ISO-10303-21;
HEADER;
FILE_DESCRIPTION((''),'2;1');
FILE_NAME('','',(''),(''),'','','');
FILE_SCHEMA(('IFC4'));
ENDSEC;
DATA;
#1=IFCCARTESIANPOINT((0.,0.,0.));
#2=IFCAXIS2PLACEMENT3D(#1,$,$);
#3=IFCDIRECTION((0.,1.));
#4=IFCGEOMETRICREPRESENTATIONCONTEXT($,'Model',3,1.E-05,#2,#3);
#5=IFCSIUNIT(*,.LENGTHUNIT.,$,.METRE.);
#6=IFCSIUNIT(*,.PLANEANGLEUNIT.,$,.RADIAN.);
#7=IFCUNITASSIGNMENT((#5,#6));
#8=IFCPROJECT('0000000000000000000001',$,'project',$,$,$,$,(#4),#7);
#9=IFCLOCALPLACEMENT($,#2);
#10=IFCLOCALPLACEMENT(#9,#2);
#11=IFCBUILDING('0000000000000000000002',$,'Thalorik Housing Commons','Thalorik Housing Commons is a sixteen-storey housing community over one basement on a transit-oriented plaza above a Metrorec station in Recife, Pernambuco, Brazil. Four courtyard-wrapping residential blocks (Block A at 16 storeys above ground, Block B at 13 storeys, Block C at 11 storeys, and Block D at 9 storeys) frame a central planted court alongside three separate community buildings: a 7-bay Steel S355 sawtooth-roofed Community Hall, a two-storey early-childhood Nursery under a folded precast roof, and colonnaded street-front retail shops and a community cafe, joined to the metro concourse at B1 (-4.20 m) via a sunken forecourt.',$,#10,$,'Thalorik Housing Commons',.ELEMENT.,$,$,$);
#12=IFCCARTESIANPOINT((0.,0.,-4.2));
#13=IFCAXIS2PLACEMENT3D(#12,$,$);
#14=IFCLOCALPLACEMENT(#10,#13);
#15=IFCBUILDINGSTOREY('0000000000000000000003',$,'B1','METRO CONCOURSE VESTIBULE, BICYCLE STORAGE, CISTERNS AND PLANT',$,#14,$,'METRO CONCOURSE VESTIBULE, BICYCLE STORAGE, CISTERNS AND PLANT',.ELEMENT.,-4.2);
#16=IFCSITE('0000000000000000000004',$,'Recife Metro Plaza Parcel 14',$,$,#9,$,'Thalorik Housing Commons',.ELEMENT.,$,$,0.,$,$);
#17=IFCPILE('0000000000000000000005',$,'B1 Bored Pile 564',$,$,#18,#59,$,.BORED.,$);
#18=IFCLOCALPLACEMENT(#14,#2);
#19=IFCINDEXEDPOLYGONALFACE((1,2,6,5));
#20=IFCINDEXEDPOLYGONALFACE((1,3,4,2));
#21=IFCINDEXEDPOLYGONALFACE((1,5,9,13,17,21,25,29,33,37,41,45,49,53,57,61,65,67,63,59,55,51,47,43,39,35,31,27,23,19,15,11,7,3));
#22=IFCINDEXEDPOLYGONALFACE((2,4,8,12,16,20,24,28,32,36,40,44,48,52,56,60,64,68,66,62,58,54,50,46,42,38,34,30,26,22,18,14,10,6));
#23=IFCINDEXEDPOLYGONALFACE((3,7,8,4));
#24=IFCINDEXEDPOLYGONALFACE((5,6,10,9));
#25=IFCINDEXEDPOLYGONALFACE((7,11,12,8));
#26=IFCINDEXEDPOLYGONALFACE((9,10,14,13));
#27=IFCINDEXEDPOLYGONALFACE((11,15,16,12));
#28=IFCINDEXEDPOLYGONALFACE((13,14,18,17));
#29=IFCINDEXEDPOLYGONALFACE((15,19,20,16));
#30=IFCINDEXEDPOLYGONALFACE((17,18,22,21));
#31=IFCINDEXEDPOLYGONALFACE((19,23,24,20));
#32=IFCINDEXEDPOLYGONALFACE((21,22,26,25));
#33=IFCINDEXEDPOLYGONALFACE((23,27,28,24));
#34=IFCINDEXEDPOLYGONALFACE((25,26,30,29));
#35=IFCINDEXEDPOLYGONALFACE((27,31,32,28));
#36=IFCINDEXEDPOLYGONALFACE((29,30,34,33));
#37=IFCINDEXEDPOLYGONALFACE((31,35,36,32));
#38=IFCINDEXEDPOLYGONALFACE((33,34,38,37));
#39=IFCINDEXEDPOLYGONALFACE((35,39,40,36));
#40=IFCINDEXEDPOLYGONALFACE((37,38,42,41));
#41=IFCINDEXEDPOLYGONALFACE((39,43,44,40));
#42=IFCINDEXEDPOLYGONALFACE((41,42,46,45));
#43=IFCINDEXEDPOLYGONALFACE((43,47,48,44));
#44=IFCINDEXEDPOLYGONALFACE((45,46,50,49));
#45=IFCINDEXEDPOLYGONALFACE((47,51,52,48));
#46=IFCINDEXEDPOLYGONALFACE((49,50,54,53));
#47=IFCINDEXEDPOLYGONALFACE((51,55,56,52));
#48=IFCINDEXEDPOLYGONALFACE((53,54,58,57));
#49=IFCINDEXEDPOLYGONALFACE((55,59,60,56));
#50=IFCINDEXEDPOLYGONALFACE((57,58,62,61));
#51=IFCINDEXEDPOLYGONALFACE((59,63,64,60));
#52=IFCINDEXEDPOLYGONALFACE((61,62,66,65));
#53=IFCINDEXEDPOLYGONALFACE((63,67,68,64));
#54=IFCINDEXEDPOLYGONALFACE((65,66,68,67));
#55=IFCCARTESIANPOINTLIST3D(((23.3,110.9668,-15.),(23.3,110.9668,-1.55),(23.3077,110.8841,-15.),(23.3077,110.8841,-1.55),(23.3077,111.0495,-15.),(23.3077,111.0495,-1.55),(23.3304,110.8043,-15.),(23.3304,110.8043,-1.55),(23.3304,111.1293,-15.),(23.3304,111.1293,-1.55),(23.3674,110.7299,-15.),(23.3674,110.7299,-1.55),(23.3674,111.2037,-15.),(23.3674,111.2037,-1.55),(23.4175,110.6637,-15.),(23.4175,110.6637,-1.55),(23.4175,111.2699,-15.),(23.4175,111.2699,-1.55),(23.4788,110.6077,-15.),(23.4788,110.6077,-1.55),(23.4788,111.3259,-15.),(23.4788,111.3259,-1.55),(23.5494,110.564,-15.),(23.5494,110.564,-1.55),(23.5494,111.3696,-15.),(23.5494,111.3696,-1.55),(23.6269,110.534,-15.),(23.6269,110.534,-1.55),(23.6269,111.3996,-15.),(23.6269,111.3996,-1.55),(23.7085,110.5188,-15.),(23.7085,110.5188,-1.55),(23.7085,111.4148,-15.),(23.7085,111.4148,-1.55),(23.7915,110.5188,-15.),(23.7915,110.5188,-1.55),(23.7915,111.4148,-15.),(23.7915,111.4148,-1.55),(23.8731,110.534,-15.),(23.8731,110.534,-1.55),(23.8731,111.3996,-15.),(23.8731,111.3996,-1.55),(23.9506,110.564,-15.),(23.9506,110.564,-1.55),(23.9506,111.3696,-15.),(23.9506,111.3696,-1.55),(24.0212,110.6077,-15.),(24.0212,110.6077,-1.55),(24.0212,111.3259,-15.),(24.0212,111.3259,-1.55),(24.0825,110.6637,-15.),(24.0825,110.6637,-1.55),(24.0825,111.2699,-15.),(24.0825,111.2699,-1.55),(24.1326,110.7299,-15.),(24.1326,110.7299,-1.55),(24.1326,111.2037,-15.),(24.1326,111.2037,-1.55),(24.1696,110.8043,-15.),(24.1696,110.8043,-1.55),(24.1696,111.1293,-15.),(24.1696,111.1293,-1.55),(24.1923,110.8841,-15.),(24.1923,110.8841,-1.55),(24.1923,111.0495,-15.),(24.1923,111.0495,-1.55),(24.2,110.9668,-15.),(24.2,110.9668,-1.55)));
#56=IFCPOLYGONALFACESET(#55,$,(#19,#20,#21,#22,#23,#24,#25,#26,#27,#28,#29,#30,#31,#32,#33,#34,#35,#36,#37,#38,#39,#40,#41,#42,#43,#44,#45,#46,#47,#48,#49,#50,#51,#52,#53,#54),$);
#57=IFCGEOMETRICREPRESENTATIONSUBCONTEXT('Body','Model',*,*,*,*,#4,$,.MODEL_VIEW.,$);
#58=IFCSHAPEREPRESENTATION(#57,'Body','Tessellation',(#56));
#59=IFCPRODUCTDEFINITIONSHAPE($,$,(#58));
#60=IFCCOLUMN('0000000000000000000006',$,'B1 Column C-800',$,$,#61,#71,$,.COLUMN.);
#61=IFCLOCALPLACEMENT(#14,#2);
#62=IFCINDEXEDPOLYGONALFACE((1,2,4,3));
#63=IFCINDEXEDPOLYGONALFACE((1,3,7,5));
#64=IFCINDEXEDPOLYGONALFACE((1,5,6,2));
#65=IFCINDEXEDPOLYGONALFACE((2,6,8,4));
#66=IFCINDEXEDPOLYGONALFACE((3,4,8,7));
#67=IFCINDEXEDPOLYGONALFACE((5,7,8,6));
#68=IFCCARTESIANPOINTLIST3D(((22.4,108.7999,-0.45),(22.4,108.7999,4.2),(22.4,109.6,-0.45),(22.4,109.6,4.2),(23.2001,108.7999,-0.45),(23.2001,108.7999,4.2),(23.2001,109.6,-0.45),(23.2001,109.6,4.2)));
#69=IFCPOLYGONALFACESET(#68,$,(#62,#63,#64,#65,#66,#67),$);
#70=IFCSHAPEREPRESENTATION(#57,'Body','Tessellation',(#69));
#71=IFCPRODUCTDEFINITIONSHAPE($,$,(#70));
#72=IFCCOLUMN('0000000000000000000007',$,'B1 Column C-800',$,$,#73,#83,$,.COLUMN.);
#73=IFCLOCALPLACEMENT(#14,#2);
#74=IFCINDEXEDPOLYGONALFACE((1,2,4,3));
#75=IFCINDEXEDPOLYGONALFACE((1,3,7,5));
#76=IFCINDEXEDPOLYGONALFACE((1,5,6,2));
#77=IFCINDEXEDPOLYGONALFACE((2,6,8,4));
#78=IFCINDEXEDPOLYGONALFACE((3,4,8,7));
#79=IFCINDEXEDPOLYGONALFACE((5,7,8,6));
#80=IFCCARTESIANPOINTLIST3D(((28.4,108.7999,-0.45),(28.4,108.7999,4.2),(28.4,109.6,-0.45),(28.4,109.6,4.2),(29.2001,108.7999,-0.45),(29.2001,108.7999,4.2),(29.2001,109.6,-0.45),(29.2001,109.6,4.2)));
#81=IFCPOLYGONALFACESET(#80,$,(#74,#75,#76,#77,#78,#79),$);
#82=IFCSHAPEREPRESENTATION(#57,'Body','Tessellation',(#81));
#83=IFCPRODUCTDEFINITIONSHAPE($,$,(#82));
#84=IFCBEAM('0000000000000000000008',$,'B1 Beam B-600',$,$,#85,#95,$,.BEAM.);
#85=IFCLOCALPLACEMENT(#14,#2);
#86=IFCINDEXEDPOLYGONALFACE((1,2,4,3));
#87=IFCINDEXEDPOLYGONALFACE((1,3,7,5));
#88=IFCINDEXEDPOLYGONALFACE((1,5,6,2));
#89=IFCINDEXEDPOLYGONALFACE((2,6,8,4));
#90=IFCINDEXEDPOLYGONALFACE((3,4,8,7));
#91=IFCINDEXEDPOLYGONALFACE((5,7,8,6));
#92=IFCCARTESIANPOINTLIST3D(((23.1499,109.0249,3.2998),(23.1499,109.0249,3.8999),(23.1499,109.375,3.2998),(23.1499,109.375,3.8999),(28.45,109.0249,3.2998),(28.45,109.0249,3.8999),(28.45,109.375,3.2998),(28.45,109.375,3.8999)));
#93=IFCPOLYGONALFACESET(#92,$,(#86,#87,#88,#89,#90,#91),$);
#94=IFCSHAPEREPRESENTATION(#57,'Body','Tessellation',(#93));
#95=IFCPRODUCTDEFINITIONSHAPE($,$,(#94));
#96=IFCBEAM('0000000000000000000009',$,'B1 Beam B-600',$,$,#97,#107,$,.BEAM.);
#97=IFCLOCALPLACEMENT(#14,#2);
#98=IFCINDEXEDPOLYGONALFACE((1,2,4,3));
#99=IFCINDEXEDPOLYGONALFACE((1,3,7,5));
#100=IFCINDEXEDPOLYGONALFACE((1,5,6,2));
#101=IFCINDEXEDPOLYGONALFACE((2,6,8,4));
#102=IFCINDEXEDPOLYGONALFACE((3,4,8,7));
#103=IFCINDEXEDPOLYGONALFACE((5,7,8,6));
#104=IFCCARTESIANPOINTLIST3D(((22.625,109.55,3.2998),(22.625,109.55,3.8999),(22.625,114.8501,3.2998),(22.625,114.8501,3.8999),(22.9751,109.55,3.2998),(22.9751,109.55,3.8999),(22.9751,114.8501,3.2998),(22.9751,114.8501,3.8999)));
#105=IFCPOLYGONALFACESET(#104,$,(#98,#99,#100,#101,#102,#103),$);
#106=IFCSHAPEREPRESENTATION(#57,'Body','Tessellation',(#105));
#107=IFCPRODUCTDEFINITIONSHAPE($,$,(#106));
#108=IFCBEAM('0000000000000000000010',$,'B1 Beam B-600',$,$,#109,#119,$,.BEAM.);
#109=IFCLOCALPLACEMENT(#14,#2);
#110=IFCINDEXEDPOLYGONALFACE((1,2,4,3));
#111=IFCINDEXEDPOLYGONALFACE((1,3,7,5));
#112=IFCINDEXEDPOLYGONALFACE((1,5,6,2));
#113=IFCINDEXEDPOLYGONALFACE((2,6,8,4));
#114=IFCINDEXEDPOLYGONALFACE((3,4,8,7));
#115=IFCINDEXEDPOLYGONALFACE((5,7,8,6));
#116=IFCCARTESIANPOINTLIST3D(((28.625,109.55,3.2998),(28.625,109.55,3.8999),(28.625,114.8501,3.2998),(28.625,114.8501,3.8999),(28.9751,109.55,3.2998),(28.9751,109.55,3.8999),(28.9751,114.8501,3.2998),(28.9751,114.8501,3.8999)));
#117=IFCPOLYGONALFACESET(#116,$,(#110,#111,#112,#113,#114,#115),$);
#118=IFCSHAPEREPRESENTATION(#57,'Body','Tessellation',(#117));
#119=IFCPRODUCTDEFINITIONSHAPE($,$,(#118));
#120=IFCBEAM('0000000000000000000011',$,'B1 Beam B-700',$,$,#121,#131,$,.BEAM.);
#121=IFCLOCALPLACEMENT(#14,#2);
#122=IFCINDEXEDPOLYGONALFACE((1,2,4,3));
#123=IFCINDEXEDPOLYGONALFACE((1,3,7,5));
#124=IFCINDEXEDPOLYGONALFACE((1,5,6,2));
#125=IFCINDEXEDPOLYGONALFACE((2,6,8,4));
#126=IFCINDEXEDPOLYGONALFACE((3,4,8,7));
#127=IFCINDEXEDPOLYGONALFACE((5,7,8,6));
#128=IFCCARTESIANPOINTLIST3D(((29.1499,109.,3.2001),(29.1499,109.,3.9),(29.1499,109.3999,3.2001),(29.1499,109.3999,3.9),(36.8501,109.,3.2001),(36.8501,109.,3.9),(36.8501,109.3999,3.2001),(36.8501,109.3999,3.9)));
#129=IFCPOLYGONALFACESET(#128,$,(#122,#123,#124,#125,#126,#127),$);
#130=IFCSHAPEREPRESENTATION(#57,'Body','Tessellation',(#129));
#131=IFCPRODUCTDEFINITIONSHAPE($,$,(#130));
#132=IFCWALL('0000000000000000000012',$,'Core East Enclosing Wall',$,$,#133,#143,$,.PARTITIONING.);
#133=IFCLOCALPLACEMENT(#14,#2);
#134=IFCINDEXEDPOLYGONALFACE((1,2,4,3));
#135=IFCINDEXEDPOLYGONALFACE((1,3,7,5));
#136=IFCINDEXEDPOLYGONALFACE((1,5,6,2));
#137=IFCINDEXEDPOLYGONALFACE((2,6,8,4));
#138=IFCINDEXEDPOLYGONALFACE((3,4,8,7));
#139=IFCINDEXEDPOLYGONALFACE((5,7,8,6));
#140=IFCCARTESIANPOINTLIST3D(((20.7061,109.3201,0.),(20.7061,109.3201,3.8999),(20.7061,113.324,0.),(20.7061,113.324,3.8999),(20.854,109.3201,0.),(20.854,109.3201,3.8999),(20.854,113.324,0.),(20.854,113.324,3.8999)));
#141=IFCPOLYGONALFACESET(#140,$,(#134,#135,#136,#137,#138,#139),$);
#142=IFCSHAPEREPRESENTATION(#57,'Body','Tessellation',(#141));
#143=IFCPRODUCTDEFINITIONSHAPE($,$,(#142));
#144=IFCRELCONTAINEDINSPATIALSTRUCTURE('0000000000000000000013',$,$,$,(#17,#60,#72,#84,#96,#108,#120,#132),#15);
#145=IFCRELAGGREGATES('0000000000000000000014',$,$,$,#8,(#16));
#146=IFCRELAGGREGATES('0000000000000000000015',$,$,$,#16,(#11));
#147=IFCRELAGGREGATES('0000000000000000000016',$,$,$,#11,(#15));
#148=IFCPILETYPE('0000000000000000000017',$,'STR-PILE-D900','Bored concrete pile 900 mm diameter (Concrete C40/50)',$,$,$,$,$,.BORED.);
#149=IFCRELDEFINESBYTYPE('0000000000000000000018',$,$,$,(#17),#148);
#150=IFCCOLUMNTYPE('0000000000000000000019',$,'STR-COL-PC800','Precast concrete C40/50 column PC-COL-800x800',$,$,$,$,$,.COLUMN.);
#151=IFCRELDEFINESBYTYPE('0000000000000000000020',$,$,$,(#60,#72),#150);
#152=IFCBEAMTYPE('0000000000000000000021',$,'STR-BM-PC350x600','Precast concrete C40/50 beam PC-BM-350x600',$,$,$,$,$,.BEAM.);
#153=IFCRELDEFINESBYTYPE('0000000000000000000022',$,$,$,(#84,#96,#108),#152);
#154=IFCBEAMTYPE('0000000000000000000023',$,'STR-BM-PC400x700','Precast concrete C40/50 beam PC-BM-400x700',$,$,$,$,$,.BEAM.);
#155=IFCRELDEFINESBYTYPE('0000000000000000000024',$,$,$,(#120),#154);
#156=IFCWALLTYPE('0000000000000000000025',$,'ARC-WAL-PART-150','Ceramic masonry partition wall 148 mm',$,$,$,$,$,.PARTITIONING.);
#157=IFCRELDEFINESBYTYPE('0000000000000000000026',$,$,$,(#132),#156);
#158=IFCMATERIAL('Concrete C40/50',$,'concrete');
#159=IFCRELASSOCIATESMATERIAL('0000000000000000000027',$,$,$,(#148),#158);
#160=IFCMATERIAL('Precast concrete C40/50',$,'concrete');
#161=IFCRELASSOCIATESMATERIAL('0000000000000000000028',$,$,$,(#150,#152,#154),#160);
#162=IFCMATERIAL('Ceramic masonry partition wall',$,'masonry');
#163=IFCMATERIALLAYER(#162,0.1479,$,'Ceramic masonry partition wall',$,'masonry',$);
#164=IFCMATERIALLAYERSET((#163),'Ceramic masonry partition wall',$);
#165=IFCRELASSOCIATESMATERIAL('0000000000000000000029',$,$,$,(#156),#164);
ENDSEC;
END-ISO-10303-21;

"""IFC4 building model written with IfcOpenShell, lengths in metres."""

from ifc_helpers import new_model, si_unit, direction, frame, frame_2d, origin, origin_2d, place, context, subcontext, project, spatial, rectangle, circle, extrude, material, layer, layer_set, material_profile, profile_set, type_object, element, save


model = new_model("IFC4")

# Units and contexts
model_context = context("Model", 3, precision=1e-05, world=origin(), true_north=direction((0.0, 1.0)))
body_context = subcontext(model_context, "Body", "Model", "MODEL_VIEW")
ifc_project = project(units=[si_unit("LENGTHUNIT", "METRE"), si_unit("PLANEANGLEUNIT", "RADIAN")], contexts=[model_context])

# Site, building, storey
site_placement = place(None, origin())
site = spatial("IfcSite", under=ifc_project, at=site_placement, Name="Recife Metro Plaza Parcel 14", LongName="Thalorik Housing Commons", CompositionType="ELEMENT", RefElevation=0.0)
building_placement = place(site_placement, origin())
building = spatial("IfcBuilding", under=site, at=building_placement, Name="Thalorik Housing Commons", Description="Thalorik Housing Commons is a sixteen-storey housing community over one basement on a transit-oriented plaza above a Metrorec station in Recife, Pernambuco, Brazil. Four courtyard-wrapping residential blocks (Block A at 16 storeys above ground, Block B at 13 storeys, Block C at 11 storeys, and Block D at 9 storeys) frame a central planted court alongside three separate community buildings: a 7-bay Steel S355 sawtooth-roofed Community Hall, a two-storey early-childhood Nursery under a folded precast roof, and colonnaded street-front retail shops and a community cafe, joined to the metro concourse at B1 (-4.20 m) via a sunken forecourt.", LongName="Thalorik Housing Commons", CompositionType="ELEMENT")
storey_placement = place(building_placement, frame((0.0, 0.0, -4.2)))
storey = spatial("IfcBuildingStorey", under=building, at=storey_placement, Name="B1", Description="METRO CONCOURSE VESTIBULE, BICYCLE STORAGE, CISTERNS AND PLANT", LongName="METRO CONCOURSE VESTIBULE, BICYCLE STORAGE, CISTERNS AND PLANT", CompositionType="ELEMENT", Elevation=-4.2)

# Shared definitions
ifc_material_1 = material(Name="Concrete C40/50", Category="concrete")

# Pile
ifc_material_profile_1 = material_profile(ifc_material_1, circle(Radius=0.45, at=origin_2d()), Name="BORED PILE D900", Category="concrete")
ifc_profile_set_1 = profile_set([ifc_material_profile_1], Name="Concrete C40/50")
pile_type_1 = type_object("IfcPileType", Name="STR-PILE-D900", Description="Bored concrete pile 900 mm diameter (Concrete C40/50)", PredefinedType="BORED", material=ifc_profile_set_1)
for number, where, z_axis, x_axis, name in (
    (1, (23.75, 110.9668, -1.55), (0.0, 0.0, -1.0), (1.0, 0.0, 0.0), "B1 Bored Pile 564"),
):
    element("IfcPile", number, at=place(storey_placement, frame(where, z_axis=z_axis, x_axis=x_axis)), inside=storey, type_object=pile_type_1, Name=name, PredefinedType="BORED", context=body_context, shape_type="SweptSolid", body=[
        extrude(circle(Radius=0.45, at=origin_2d()), origin(), (0.0, 0.0, 1.0), 13.45),
    ])

# Columns
ifc_material_2 = material(Name="Precast concrete C40/50", Category="concrete")
ifc_material_profile_2 = material_profile(ifc_material_2, rectangle(XDim=0.8, YDim=0.8, at=origin_2d()), Name="PC 800x800", Category="concrete")
ifc_profile_set_2 = profile_set([ifc_material_profile_2], Name="Precast concrete C40/50")
column_type = type_object("IfcColumnType", Name="STR-COL-PC800", Description="Precast concrete C40/50 column PC-COL-800x800", PredefinedType="COLUMN", material=ifc_profile_set_2)
for number, where, z_axis, x_axis, name in (
    (2, (22.8, 109.2, -0.45), (0.0, 0.0, 1.0), (1.0, 0.0, 0.0), "B1 Column C-800"),
    (3, (28.8, 109.2, -0.45), (0.0, 0.0, 1.0), (1.0, 0.0, 0.0), "B1 Column C-800"),
):
    element("IfcColumn", number, at=place(storey_placement, frame(where, z_axis=z_axis, x_axis=x_axis)), inside=storey, type_object=column_type, Name=name, PredefinedType="COLUMN", context=body_context, shape_type="SweptSolid", body=[
        extrude(rectangle(XDim=0.8, YDim=0.8, at=origin_2d()), origin(), (0.0, 0.0, 1.0), 4.6499),
    ])

# Beams
ifc_material_profile_3 = material_profile(ifc_material_2, rectangle(XDim=0.3501, YDim=0.6001, at=origin_2d()), Name="PC 350x600", Category="concrete")
ifc_profile_set_3 = profile_set([ifc_material_profile_3], Name="Precast concrete C40/50")
beam_type_1 = type_object("IfcBeamType", Name="STR-BM-PC350x600", Description="Precast concrete C40/50 beam PC-BM-350x600", PredefinedType="BEAM", material=ifc_profile_set_3)
for number, where, z_axis, x_axis, name in (
    (4, (23.1499, 109.2, 3.5999), (1.0, 0.0, 0.0), (0.0, 1.0, 0.0), "B1 Beam B-600"),
    (5, (22.8, 109.55, 3.5999), (0.0, 1.0, 0.0), (-1.0, 0.0, 0.0), "B1 Beam B-600"),
    (6, (28.8, 109.55, 3.5999), (0.0, 1.0, 0.0), (-1.0, 0.0, 0.0), "B1 Beam B-600"),
):
    element("IfcBeam", number, at=place(storey_placement, frame(where, z_axis=z_axis, x_axis=x_axis)), inside=storey, type_object=beam_type_1, Name=name, PredefinedType="BEAM", context=body_context, shape_type="SweptSolid", body=[
        extrude(rectangle(XDim=0.3501, YDim=0.6001, at=origin_2d()), origin(), (0.0, 0.0, 1.0), 5.3),
    ])
ifc_material_profile_4 = material_profile(ifc_material_2, rectangle(XDim=0.3999, YDim=0.7, at=origin_2d()), Name="PC 400x700", Category="concrete")
ifc_profile_set_4 = profile_set([ifc_material_profile_4], Name="Precast concrete C40/50")
beam_type_2 = type_object("IfcBeamType", Name="STR-BM-PC400x700", Description="Precast concrete C40/50 beam PC-BM-400x700", PredefinedType="BEAM", material=ifc_profile_set_4)
beam_placement = place(storey_placement, frame((29.1499, 109.2, 3.55), z_axis=(1.0, 0.0, 0.0), x_axis=(0.0, 1.0, 0.0)))
element("IfcBeam", 7, at=beam_placement, inside=storey, type_object=beam_type_2, Name="B1 Beam B-700", PredefinedType="BEAM", context=body_context, shape_type="SweptSolid", body=[
    extrude(rectangle(XDim=0.3999, YDim=0.7, at=origin_2d()), origin(), (0.0, 0.0, 1.0), 7.7002),
])

# Wall
ifc_material_3 = material(Name="Ceramic masonry partition wall", Category="masonry")
ifc_layer = layer(ifc_material_3, 0.1479, Name="Ceramic masonry partition wall", Category="masonry")
ifc_layer_set = layer_set([ifc_layer], Name="Ceramic masonry partition wall")
wall_type = type_object("IfcWallType", Name="ARC-WAL-PART-150", Description="Ceramic masonry partition wall 148 mm", PredefinedType="PARTITIONING", material=ifc_layer_set)
wall_placement = place(storey_placement, frame((20.78, 113.324, 0.0), z_axis=(0.0, 0.0, 1.0), x_axis=(0.0, -1.0, 0.0)))
element("IfcWall", 8, at=wall_placement, inside=storey, type_object=wall_type, Name="Core East Enclosing Wall", PredefinedType="PARTITIONING", context=body_context, shape_type="SweptSolid", body=[
    extrude(rectangle(XDim=4.0039, YDim=0.1479, at=frame_2d((2.002, 0.0))), origin(), (0.0, 0.0, 1.0), 3.8999),
])

save(model, "model.ifc")
